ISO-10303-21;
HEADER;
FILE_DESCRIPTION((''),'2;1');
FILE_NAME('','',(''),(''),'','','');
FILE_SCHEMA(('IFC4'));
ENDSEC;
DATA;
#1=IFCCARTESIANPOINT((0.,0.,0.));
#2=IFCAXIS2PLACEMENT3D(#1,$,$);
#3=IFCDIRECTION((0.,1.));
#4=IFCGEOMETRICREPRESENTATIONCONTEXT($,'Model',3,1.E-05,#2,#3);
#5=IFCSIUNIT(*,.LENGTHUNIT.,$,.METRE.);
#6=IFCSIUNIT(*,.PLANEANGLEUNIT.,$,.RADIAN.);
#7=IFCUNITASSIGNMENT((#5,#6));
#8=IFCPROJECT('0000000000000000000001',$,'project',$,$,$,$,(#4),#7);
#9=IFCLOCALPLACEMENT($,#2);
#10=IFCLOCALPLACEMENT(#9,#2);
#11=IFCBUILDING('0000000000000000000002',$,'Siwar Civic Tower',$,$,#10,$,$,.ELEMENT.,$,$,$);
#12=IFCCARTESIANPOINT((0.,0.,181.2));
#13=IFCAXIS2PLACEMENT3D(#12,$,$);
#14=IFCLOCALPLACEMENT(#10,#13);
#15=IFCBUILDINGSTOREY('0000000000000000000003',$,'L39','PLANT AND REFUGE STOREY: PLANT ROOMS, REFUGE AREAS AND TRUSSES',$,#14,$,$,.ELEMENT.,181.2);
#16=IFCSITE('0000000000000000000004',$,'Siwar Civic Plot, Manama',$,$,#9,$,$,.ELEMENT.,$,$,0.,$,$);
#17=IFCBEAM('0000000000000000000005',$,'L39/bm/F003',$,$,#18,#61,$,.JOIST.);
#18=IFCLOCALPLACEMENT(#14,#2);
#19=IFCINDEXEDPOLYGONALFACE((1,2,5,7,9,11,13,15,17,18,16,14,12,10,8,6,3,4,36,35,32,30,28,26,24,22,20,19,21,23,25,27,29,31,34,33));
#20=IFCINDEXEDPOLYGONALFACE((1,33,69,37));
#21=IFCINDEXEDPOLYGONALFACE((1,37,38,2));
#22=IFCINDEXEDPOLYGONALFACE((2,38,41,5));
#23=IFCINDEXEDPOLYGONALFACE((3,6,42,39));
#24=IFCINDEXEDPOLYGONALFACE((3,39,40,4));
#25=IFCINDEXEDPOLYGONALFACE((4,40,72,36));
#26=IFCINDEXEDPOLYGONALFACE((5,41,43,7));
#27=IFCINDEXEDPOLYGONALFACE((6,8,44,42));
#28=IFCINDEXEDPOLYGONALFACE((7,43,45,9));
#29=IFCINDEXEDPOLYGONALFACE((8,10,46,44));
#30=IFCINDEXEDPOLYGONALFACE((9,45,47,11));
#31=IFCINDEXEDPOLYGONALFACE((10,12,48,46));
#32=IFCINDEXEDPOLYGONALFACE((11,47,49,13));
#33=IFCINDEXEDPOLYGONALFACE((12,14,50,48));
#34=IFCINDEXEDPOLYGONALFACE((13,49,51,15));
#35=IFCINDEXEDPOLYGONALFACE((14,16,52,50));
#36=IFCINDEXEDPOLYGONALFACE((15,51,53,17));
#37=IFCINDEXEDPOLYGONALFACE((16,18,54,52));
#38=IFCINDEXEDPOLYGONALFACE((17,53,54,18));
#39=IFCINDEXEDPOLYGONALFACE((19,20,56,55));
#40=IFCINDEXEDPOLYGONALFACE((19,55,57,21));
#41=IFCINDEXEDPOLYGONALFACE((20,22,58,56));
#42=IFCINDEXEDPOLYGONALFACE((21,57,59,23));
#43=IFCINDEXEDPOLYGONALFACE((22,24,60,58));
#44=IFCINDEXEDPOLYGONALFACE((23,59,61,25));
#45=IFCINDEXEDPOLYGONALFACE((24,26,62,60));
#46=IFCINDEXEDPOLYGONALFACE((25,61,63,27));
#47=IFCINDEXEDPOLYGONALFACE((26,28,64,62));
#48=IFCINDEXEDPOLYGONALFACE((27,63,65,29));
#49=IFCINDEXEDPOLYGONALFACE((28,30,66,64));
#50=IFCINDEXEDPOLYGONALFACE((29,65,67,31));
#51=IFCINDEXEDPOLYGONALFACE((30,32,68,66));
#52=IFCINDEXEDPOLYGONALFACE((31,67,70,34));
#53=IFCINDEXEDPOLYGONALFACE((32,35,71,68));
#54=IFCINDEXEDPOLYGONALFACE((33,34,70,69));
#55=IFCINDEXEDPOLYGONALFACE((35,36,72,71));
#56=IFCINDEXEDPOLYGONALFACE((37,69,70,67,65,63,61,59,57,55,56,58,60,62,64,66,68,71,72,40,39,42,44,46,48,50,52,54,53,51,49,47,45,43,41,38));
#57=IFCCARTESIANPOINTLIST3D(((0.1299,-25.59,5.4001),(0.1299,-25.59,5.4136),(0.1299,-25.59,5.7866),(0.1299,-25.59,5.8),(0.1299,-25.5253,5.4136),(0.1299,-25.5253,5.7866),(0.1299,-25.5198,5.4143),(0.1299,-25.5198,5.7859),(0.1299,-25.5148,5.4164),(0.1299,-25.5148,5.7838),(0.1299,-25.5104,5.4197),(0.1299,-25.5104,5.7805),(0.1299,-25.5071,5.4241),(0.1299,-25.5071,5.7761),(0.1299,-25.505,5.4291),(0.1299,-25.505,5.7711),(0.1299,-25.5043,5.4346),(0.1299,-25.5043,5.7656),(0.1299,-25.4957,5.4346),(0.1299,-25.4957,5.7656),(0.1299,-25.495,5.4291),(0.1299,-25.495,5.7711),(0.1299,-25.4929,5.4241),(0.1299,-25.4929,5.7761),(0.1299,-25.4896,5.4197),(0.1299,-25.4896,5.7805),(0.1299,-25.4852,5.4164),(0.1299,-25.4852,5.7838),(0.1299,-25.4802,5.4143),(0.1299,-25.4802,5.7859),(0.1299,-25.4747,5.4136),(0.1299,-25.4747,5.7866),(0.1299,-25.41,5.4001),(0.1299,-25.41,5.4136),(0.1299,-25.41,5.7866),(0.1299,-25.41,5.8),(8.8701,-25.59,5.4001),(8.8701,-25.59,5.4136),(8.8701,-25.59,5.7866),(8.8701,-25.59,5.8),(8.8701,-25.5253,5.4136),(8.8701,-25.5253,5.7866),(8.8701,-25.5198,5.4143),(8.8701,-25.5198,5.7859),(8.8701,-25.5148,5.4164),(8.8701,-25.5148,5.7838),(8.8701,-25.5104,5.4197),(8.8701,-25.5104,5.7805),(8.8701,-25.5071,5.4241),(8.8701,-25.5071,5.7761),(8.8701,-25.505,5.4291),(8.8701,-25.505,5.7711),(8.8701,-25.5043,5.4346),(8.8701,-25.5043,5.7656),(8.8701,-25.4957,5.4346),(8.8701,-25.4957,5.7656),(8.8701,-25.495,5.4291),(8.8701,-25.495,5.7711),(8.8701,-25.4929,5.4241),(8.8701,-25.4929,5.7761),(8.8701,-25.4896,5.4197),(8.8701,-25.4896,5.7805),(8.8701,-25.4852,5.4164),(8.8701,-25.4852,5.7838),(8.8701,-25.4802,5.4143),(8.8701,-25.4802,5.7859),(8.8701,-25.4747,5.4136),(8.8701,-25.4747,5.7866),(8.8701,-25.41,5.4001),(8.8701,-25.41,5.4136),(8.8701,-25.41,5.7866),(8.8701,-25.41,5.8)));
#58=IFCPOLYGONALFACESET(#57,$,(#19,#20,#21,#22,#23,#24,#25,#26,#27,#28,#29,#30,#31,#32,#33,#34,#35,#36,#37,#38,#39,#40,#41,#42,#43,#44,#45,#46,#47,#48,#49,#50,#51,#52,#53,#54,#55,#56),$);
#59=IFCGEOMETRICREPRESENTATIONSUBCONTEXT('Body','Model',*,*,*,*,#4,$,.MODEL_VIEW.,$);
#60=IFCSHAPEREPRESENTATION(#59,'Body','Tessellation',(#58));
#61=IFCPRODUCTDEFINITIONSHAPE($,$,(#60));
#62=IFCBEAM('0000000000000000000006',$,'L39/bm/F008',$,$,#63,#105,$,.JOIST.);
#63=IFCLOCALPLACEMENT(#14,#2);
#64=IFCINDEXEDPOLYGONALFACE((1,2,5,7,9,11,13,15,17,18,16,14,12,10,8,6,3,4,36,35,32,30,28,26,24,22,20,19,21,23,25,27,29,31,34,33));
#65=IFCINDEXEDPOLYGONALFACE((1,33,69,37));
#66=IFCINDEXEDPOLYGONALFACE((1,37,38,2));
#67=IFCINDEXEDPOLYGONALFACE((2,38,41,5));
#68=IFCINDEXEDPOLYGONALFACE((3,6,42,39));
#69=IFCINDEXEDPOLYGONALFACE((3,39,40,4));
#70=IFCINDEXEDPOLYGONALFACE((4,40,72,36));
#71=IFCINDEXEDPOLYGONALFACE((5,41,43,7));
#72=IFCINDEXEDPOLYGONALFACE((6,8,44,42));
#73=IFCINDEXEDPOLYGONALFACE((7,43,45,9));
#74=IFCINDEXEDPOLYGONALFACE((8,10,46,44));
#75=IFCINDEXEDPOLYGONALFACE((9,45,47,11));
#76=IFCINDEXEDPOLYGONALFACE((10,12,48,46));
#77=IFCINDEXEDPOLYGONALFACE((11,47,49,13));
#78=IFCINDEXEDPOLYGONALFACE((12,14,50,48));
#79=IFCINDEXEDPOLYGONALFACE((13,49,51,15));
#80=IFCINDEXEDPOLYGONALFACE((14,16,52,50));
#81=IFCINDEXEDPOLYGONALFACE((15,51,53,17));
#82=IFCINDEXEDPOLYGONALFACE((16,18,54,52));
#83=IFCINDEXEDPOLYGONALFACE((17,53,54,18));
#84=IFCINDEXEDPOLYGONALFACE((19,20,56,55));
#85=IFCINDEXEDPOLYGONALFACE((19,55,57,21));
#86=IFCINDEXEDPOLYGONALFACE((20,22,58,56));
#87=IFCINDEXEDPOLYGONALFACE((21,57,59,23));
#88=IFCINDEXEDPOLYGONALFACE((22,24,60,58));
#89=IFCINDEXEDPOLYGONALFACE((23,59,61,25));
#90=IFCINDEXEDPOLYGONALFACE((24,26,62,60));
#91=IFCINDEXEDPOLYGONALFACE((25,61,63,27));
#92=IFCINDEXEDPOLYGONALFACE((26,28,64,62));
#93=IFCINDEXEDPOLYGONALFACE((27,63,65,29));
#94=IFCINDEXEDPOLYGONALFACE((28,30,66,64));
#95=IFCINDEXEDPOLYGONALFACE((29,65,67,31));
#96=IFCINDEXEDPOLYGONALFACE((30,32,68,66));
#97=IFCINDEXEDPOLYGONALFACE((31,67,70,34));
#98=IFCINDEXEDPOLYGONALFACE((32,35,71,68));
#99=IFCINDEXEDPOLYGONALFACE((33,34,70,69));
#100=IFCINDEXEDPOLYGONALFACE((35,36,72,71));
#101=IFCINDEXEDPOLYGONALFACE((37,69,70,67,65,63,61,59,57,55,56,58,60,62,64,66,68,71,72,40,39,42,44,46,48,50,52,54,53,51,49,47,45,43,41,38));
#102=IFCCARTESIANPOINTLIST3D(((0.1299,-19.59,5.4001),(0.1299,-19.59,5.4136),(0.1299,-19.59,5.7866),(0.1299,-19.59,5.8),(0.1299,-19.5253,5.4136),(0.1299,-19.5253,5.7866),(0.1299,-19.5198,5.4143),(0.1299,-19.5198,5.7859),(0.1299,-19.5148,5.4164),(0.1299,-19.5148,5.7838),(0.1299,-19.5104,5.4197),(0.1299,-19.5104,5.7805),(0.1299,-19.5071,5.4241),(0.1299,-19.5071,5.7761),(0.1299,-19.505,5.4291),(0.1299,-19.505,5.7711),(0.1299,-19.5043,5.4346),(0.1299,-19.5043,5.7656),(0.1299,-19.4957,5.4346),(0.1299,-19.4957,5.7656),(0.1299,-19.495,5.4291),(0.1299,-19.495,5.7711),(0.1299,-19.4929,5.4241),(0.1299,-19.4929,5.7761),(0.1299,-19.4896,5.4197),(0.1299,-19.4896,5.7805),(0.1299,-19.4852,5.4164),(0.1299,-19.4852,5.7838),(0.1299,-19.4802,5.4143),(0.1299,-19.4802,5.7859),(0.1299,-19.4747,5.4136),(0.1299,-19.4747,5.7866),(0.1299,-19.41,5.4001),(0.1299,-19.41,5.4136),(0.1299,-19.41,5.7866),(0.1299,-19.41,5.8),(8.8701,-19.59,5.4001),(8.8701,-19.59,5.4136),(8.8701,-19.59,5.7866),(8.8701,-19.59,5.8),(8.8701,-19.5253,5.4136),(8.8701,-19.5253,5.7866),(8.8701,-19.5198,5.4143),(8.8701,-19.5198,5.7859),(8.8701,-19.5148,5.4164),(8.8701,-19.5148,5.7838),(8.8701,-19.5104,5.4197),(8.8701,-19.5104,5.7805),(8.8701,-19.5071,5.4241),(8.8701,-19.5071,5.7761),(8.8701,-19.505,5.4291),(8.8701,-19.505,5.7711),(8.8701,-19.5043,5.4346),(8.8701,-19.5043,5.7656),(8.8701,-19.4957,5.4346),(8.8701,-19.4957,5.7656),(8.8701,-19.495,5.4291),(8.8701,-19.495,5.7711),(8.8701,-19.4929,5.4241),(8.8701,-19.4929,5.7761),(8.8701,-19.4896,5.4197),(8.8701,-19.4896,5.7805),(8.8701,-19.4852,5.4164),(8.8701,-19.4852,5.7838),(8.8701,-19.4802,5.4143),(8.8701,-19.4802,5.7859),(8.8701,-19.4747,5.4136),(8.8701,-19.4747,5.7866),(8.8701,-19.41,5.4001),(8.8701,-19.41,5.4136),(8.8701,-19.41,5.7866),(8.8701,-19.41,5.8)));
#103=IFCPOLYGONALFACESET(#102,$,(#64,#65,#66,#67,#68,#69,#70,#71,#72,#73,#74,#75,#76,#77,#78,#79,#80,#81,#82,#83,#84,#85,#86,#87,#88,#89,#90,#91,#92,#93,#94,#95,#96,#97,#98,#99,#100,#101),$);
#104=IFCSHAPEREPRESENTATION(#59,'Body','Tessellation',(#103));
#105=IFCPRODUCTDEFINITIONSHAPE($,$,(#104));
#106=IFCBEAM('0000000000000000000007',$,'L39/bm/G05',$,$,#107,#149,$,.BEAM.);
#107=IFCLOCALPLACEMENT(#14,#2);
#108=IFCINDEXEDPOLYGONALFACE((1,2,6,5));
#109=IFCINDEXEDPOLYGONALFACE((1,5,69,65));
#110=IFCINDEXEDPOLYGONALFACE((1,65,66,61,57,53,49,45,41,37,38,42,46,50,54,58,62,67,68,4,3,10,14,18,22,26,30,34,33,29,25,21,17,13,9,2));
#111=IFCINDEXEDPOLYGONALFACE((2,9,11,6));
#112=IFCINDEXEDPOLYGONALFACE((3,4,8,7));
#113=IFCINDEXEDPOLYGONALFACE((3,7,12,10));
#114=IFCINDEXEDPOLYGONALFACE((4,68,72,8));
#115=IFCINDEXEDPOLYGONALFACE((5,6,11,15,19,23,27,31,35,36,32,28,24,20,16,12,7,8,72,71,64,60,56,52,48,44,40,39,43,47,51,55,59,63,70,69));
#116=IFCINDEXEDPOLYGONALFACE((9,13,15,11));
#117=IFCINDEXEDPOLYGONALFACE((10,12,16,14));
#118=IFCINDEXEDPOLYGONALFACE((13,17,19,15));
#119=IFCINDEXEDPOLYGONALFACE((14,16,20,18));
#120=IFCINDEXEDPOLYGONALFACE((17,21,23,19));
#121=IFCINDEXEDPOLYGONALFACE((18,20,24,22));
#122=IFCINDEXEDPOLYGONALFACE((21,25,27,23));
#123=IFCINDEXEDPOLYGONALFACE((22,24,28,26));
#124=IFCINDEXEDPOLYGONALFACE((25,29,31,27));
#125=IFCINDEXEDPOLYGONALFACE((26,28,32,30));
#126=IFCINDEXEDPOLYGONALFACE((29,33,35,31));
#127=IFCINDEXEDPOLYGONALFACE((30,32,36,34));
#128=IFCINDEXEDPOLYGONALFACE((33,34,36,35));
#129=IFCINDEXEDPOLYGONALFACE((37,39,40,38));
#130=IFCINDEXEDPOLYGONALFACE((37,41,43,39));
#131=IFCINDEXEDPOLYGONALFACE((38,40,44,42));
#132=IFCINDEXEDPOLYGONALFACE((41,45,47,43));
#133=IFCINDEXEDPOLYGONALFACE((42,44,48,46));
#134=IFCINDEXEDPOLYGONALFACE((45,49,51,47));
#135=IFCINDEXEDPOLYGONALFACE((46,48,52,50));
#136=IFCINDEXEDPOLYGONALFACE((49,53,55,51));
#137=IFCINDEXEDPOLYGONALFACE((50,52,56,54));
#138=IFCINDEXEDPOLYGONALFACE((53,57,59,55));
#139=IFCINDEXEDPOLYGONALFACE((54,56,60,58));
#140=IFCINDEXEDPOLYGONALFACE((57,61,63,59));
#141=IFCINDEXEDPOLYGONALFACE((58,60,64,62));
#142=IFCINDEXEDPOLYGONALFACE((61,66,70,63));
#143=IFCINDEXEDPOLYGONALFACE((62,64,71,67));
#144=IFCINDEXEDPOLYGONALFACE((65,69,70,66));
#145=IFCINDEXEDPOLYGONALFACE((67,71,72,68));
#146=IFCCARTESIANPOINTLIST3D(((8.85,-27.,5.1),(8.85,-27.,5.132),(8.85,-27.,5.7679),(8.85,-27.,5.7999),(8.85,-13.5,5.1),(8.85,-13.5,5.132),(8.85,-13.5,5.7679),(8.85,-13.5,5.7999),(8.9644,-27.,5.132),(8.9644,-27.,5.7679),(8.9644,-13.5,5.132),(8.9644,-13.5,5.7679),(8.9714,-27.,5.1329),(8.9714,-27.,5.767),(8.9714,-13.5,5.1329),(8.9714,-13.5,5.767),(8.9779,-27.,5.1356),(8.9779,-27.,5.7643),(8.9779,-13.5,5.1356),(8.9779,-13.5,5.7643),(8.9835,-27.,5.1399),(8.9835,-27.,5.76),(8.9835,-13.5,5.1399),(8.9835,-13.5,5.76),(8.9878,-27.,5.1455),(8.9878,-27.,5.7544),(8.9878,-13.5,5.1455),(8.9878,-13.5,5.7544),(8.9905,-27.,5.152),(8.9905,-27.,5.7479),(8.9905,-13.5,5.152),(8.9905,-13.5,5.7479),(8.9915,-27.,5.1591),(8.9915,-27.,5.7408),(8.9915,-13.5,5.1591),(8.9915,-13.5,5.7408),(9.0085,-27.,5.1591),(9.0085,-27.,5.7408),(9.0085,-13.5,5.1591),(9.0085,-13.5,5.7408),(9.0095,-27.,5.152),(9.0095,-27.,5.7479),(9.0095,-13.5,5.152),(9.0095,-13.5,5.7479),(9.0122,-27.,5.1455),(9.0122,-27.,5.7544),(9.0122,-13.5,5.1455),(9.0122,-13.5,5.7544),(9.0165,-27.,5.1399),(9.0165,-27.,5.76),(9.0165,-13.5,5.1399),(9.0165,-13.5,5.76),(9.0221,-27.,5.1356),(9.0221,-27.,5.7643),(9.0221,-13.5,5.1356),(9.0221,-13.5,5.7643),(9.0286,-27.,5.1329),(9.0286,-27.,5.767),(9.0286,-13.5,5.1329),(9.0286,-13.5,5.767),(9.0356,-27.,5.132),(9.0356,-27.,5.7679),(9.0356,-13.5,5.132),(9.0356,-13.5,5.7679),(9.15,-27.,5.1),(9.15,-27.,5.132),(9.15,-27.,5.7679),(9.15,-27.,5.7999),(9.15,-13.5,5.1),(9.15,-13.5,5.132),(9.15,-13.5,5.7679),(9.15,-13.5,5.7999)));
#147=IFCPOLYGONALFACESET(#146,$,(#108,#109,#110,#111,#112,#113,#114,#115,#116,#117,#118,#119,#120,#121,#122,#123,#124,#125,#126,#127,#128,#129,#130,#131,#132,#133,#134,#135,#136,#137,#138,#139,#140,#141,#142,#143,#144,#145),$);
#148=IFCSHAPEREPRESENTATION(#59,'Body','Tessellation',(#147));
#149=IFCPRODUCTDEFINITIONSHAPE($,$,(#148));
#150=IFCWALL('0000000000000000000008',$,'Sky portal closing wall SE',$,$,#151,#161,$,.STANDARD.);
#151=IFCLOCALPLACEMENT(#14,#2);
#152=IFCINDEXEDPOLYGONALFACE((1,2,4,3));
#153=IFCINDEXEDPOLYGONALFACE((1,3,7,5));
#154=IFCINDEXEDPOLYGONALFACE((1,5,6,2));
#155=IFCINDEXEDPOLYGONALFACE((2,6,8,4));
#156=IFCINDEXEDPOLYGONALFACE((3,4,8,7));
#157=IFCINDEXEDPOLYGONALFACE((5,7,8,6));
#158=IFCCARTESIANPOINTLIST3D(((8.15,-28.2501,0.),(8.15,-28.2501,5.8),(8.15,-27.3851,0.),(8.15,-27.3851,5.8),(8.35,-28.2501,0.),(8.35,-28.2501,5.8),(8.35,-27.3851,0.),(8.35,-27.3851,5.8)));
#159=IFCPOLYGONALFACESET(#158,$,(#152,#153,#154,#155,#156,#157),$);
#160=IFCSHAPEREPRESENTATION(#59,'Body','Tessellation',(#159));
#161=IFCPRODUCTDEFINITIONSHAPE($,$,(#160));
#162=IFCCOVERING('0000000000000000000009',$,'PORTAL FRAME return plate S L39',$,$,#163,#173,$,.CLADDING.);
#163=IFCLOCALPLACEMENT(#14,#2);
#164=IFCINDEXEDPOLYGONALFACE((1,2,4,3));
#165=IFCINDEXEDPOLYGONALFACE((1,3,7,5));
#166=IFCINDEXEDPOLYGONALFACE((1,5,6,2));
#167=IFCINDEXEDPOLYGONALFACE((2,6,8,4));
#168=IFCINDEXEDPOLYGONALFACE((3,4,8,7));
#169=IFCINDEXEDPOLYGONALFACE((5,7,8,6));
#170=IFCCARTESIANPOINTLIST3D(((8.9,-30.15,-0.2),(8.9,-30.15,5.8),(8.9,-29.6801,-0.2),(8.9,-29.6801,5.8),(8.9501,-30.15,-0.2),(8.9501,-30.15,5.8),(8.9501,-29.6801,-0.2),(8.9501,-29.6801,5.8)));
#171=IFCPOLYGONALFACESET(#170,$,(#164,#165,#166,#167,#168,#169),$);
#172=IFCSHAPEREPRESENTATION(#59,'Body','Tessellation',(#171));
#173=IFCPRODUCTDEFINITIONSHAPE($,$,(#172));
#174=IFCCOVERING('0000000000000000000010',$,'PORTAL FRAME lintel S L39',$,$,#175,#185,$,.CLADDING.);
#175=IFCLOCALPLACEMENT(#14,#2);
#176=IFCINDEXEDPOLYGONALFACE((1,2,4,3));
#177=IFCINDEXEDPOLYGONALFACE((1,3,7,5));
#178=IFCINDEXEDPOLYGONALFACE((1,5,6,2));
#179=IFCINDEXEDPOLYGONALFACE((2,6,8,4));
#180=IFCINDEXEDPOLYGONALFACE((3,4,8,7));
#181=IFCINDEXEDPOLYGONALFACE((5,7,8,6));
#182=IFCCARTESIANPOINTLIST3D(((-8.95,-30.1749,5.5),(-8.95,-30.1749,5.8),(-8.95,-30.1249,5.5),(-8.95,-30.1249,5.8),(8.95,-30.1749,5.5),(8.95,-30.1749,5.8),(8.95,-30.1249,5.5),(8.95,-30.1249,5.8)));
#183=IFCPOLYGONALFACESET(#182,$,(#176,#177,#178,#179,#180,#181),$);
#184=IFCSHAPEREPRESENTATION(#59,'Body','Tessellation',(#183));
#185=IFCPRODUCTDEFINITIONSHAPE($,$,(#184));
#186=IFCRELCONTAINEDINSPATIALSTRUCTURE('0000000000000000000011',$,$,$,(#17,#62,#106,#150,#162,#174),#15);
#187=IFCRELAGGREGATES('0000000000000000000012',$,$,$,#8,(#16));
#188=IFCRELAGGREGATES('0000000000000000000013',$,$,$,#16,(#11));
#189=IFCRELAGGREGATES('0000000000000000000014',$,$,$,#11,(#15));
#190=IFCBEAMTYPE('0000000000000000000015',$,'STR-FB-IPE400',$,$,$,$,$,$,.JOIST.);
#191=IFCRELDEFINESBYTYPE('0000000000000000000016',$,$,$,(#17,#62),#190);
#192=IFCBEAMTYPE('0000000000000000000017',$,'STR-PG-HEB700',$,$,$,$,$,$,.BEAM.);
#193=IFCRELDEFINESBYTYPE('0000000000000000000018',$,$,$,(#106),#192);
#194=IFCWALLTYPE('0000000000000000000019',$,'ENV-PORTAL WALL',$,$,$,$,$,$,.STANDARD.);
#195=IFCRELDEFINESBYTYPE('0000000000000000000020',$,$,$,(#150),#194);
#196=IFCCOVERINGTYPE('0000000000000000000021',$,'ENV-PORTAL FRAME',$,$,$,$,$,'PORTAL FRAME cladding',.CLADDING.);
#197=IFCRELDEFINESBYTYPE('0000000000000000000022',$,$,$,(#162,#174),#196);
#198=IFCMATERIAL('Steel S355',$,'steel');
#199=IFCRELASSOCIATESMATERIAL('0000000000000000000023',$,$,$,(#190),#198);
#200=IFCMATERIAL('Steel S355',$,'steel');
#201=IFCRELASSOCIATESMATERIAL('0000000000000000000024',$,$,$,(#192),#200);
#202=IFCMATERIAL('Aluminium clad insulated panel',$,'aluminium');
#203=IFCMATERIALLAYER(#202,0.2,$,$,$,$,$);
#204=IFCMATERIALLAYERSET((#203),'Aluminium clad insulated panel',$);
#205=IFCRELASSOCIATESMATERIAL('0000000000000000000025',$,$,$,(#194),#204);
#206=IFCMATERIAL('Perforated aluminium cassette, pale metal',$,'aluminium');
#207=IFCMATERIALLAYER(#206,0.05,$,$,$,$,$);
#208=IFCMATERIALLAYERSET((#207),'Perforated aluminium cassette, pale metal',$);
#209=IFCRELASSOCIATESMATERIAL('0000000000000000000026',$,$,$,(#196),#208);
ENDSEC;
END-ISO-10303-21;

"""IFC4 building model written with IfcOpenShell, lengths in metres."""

from ifc_helpers import new_model, si_unit, direction, frame, frame_2d, origin, origin_2d, place, context, subcontext, project, spatial, rectangle, i_section, extrude, material, layer, layer_set, material_profile, profile_set, type_object, element, save


model = new_model("IFC4")

# Units and contexts
model_context = context("Model", 3, precision=1e-05, world=origin(), true_north=direction((0.0, 1.0)))
body_context = subcontext(model_context, "Body", "Model", "MODEL_VIEW")
ifc_project = project(units=[si_unit("LENGTHUNIT", "METRE"), si_unit("PLANEANGLEUNIT", "RADIAN")], contexts=[model_context])

# Site, building, storey
site_placement = place(None, origin())
site = spatial("IfcSite", under=ifc_project, at=site_placement, Name="Siwar Civic Plot, Manama", CompositionType="ELEMENT", RefElevation=0.0)
building_placement = place(site_placement, origin())
building = spatial("IfcBuilding", under=site, at=building_placement, Name="Siwar Civic Tower", CompositionType="ELEMENT")
storey_placement = place(building_placement, frame((0.0, 0.0, 181.2)))
storey = spatial("IfcBuildingStorey", under=building, at=storey_placement, Name="L39", Description="PLANT AND REFUGE STOREY: PLANT ROOMS, REFUGE AREAS AND TRUSSES", CompositionType="ELEMENT", Elevation=181.2)

# Beams
ifc_material_1 = material(Name="Steel S355", Category="steel")
ifc_material_profile_1 = material_profile(ifc_material_1, i_section(OverallWidth=0.1799, OverallDepth=0.3999, WebThickness=0.0085, FlangeThickness=0.0134, FilletRadius=0.021, at=origin_2d()), Name="IPE400")
ifc_profile_set_1 = profile_set([ifc_material_profile_1], Name="Steel S355")
beam_type_1 = type_object("IfcBeamType", Name="STR-FB-IPE400", PredefinedType="JOIST", material=ifc_profile_set_1)
for number, where, z_axis, x_axis, name in (
    (1, (0.1299, -25.5, 5.6001), (1.0, 0.0, 0.0), (0.0, 1.0, 0.0), "L39/bm/F003"),
    (2, (0.1299, -19.5, 5.6001), (1.0, 0.0, 0.0), (0.0, 1.0, 0.0), "L39/bm/F008"),
):
    element("IfcBeam", number, at=place(storey_placement, frame(where, z_axis=z_axis, x_axis=x_axis)), inside=storey, type_object=beam_type_1, Name=name, PredefinedType="JOIST", context=body_context, shape_type="SweptSolid", body=[
        extrude(i_section(OverallWidth=0.1799, OverallDepth=0.3999, WebThickness=0.0085, FlangeThickness=0.0134, FilletRadius=0.021, at=origin_2d()), origin(), (0.0, 0.0, 1.0), 8.7402),
    ])
ifc_material_2 = material(Name="Steel S355", Category="steel")
ifc_material_profile_2 = material_profile(ifc_material_2, i_section(OverallWidth=0.3, OverallDepth=0.7, WebThickness=0.0171, FlangeThickness=0.032, FilletRadius=0.0271, at=origin_2d()), Name="HEB700")
ifc_profile_set_2 = profile_set([ifc_material_profile_2], Name="Steel S355")
beam_type_2 = type_object("IfcBeamType", Name="STR-PG-HEB700", PredefinedType="BEAM", material=ifc_profile_set_2)
beam_1_placement = place(storey_placement, frame((9.0, -27.0, 5.45), z_axis=(0.0, 1.0, 0.0), x_axis=(-1.0, 0.0, 0.0)))
element("IfcBeam", 3, at=beam_1_placement, inside=storey, type_object=beam_type_2, Name="L39/bm/G05", PredefinedType="BEAM", context=body_context, shape_type="SweptSolid", body=[
    extrude(i_section(OverallWidth=0.3, OverallDepth=0.7, WebThickness=0.0171, FlangeThickness=0.032, FilletRadius=0.0271, at=origin_2d()), origin(), (0.0, 0.0, 1.0), 13.5),
])

# Wall
ifc_material_3 = material(Name="Aluminium clad insulated panel", Category="aluminium")
ifc_layer_1 = layer(ifc_material_3, 0.2)
ifc_layer_set_1 = layer_set([ifc_layer_1], Name="Aluminium clad insulated panel")
wall_type = type_object("IfcWallType", Name="ENV-PORTAL WALL", PredefinedType="STANDARD", material=ifc_layer_set_1)
wall_placement = place(storey_placement, frame((8.25, -27.385, 0.0), z_axis=(0.0, 0.0, 1.0), x_axis=(0.0, -1.0, 0.0)))
element("IfcWall", 4, at=wall_placement, inside=storey, type_object=wall_type, Name="Sky portal closing wall SE", PredefinedType="STANDARD", context=body_context, shape_type="SweptSolid", body=[
    extrude(rectangle(XDim=0.865, YDim=0.2, at=frame_2d((0.4326, 0.0))), origin(), (0.0, 0.0, 1.0), 5.8),
])

# Coverings
ifc_material_4 = material(Name="Perforated aluminium cassette, pale metal", Category="aluminium")
ifc_layer_2 = layer(ifc_material_4, 0.05)
ifc_layer_set_2 = layer_set([ifc_layer_2], Name="Perforated aluminium cassette, pale metal")
covering_type = type_object("IfcCoveringType", Name="ENV-PORTAL FRAME", ElementType="PORTAL FRAME cladding", PredefinedType="CLADDING", material=ifc_layer_set_2)
covering_1_placement = place(storey_placement, frame((8.925, -29.915, -0.2), z_axis=(0.0, 0.0, 1.0), x_axis=(1.0, 0.0, 0.0)))
element("IfcCovering", 5, at=covering_1_placement, inside=storey, type_object=covering_type, Name="PORTAL FRAME return plate S L39", PredefinedType="CLADDING", context=body_context, shape_type="SweptSolid", body=[
    extrude(rectangle(XDim=0.05, YDim=0.47, at=origin_2d()), origin(), (0.0, 0.0, 1.0), 6.0),
])
covering_2_placement = place(storey_placement, frame((0.0, -30.1499, 5.5), z_axis=(0.0, 0.0, 1.0), x_axis=(1.0, 0.0, 0.0)))
element("IfcCovering", 6, at=covering_2_placement, inside=storey, type_object=covering_type, Name="PORTAL FRAME lintel S L39", PredefinedType="CLADDING", context=body_context, shape_type="SweptSolid", body=[
    extrude(rectangle(XDim=17.8999, YDim=0.05, at=origin_2d()), origin(), (0.0, 0.0, 1.0), 0.3),
])

save(model, "model.ifc")
